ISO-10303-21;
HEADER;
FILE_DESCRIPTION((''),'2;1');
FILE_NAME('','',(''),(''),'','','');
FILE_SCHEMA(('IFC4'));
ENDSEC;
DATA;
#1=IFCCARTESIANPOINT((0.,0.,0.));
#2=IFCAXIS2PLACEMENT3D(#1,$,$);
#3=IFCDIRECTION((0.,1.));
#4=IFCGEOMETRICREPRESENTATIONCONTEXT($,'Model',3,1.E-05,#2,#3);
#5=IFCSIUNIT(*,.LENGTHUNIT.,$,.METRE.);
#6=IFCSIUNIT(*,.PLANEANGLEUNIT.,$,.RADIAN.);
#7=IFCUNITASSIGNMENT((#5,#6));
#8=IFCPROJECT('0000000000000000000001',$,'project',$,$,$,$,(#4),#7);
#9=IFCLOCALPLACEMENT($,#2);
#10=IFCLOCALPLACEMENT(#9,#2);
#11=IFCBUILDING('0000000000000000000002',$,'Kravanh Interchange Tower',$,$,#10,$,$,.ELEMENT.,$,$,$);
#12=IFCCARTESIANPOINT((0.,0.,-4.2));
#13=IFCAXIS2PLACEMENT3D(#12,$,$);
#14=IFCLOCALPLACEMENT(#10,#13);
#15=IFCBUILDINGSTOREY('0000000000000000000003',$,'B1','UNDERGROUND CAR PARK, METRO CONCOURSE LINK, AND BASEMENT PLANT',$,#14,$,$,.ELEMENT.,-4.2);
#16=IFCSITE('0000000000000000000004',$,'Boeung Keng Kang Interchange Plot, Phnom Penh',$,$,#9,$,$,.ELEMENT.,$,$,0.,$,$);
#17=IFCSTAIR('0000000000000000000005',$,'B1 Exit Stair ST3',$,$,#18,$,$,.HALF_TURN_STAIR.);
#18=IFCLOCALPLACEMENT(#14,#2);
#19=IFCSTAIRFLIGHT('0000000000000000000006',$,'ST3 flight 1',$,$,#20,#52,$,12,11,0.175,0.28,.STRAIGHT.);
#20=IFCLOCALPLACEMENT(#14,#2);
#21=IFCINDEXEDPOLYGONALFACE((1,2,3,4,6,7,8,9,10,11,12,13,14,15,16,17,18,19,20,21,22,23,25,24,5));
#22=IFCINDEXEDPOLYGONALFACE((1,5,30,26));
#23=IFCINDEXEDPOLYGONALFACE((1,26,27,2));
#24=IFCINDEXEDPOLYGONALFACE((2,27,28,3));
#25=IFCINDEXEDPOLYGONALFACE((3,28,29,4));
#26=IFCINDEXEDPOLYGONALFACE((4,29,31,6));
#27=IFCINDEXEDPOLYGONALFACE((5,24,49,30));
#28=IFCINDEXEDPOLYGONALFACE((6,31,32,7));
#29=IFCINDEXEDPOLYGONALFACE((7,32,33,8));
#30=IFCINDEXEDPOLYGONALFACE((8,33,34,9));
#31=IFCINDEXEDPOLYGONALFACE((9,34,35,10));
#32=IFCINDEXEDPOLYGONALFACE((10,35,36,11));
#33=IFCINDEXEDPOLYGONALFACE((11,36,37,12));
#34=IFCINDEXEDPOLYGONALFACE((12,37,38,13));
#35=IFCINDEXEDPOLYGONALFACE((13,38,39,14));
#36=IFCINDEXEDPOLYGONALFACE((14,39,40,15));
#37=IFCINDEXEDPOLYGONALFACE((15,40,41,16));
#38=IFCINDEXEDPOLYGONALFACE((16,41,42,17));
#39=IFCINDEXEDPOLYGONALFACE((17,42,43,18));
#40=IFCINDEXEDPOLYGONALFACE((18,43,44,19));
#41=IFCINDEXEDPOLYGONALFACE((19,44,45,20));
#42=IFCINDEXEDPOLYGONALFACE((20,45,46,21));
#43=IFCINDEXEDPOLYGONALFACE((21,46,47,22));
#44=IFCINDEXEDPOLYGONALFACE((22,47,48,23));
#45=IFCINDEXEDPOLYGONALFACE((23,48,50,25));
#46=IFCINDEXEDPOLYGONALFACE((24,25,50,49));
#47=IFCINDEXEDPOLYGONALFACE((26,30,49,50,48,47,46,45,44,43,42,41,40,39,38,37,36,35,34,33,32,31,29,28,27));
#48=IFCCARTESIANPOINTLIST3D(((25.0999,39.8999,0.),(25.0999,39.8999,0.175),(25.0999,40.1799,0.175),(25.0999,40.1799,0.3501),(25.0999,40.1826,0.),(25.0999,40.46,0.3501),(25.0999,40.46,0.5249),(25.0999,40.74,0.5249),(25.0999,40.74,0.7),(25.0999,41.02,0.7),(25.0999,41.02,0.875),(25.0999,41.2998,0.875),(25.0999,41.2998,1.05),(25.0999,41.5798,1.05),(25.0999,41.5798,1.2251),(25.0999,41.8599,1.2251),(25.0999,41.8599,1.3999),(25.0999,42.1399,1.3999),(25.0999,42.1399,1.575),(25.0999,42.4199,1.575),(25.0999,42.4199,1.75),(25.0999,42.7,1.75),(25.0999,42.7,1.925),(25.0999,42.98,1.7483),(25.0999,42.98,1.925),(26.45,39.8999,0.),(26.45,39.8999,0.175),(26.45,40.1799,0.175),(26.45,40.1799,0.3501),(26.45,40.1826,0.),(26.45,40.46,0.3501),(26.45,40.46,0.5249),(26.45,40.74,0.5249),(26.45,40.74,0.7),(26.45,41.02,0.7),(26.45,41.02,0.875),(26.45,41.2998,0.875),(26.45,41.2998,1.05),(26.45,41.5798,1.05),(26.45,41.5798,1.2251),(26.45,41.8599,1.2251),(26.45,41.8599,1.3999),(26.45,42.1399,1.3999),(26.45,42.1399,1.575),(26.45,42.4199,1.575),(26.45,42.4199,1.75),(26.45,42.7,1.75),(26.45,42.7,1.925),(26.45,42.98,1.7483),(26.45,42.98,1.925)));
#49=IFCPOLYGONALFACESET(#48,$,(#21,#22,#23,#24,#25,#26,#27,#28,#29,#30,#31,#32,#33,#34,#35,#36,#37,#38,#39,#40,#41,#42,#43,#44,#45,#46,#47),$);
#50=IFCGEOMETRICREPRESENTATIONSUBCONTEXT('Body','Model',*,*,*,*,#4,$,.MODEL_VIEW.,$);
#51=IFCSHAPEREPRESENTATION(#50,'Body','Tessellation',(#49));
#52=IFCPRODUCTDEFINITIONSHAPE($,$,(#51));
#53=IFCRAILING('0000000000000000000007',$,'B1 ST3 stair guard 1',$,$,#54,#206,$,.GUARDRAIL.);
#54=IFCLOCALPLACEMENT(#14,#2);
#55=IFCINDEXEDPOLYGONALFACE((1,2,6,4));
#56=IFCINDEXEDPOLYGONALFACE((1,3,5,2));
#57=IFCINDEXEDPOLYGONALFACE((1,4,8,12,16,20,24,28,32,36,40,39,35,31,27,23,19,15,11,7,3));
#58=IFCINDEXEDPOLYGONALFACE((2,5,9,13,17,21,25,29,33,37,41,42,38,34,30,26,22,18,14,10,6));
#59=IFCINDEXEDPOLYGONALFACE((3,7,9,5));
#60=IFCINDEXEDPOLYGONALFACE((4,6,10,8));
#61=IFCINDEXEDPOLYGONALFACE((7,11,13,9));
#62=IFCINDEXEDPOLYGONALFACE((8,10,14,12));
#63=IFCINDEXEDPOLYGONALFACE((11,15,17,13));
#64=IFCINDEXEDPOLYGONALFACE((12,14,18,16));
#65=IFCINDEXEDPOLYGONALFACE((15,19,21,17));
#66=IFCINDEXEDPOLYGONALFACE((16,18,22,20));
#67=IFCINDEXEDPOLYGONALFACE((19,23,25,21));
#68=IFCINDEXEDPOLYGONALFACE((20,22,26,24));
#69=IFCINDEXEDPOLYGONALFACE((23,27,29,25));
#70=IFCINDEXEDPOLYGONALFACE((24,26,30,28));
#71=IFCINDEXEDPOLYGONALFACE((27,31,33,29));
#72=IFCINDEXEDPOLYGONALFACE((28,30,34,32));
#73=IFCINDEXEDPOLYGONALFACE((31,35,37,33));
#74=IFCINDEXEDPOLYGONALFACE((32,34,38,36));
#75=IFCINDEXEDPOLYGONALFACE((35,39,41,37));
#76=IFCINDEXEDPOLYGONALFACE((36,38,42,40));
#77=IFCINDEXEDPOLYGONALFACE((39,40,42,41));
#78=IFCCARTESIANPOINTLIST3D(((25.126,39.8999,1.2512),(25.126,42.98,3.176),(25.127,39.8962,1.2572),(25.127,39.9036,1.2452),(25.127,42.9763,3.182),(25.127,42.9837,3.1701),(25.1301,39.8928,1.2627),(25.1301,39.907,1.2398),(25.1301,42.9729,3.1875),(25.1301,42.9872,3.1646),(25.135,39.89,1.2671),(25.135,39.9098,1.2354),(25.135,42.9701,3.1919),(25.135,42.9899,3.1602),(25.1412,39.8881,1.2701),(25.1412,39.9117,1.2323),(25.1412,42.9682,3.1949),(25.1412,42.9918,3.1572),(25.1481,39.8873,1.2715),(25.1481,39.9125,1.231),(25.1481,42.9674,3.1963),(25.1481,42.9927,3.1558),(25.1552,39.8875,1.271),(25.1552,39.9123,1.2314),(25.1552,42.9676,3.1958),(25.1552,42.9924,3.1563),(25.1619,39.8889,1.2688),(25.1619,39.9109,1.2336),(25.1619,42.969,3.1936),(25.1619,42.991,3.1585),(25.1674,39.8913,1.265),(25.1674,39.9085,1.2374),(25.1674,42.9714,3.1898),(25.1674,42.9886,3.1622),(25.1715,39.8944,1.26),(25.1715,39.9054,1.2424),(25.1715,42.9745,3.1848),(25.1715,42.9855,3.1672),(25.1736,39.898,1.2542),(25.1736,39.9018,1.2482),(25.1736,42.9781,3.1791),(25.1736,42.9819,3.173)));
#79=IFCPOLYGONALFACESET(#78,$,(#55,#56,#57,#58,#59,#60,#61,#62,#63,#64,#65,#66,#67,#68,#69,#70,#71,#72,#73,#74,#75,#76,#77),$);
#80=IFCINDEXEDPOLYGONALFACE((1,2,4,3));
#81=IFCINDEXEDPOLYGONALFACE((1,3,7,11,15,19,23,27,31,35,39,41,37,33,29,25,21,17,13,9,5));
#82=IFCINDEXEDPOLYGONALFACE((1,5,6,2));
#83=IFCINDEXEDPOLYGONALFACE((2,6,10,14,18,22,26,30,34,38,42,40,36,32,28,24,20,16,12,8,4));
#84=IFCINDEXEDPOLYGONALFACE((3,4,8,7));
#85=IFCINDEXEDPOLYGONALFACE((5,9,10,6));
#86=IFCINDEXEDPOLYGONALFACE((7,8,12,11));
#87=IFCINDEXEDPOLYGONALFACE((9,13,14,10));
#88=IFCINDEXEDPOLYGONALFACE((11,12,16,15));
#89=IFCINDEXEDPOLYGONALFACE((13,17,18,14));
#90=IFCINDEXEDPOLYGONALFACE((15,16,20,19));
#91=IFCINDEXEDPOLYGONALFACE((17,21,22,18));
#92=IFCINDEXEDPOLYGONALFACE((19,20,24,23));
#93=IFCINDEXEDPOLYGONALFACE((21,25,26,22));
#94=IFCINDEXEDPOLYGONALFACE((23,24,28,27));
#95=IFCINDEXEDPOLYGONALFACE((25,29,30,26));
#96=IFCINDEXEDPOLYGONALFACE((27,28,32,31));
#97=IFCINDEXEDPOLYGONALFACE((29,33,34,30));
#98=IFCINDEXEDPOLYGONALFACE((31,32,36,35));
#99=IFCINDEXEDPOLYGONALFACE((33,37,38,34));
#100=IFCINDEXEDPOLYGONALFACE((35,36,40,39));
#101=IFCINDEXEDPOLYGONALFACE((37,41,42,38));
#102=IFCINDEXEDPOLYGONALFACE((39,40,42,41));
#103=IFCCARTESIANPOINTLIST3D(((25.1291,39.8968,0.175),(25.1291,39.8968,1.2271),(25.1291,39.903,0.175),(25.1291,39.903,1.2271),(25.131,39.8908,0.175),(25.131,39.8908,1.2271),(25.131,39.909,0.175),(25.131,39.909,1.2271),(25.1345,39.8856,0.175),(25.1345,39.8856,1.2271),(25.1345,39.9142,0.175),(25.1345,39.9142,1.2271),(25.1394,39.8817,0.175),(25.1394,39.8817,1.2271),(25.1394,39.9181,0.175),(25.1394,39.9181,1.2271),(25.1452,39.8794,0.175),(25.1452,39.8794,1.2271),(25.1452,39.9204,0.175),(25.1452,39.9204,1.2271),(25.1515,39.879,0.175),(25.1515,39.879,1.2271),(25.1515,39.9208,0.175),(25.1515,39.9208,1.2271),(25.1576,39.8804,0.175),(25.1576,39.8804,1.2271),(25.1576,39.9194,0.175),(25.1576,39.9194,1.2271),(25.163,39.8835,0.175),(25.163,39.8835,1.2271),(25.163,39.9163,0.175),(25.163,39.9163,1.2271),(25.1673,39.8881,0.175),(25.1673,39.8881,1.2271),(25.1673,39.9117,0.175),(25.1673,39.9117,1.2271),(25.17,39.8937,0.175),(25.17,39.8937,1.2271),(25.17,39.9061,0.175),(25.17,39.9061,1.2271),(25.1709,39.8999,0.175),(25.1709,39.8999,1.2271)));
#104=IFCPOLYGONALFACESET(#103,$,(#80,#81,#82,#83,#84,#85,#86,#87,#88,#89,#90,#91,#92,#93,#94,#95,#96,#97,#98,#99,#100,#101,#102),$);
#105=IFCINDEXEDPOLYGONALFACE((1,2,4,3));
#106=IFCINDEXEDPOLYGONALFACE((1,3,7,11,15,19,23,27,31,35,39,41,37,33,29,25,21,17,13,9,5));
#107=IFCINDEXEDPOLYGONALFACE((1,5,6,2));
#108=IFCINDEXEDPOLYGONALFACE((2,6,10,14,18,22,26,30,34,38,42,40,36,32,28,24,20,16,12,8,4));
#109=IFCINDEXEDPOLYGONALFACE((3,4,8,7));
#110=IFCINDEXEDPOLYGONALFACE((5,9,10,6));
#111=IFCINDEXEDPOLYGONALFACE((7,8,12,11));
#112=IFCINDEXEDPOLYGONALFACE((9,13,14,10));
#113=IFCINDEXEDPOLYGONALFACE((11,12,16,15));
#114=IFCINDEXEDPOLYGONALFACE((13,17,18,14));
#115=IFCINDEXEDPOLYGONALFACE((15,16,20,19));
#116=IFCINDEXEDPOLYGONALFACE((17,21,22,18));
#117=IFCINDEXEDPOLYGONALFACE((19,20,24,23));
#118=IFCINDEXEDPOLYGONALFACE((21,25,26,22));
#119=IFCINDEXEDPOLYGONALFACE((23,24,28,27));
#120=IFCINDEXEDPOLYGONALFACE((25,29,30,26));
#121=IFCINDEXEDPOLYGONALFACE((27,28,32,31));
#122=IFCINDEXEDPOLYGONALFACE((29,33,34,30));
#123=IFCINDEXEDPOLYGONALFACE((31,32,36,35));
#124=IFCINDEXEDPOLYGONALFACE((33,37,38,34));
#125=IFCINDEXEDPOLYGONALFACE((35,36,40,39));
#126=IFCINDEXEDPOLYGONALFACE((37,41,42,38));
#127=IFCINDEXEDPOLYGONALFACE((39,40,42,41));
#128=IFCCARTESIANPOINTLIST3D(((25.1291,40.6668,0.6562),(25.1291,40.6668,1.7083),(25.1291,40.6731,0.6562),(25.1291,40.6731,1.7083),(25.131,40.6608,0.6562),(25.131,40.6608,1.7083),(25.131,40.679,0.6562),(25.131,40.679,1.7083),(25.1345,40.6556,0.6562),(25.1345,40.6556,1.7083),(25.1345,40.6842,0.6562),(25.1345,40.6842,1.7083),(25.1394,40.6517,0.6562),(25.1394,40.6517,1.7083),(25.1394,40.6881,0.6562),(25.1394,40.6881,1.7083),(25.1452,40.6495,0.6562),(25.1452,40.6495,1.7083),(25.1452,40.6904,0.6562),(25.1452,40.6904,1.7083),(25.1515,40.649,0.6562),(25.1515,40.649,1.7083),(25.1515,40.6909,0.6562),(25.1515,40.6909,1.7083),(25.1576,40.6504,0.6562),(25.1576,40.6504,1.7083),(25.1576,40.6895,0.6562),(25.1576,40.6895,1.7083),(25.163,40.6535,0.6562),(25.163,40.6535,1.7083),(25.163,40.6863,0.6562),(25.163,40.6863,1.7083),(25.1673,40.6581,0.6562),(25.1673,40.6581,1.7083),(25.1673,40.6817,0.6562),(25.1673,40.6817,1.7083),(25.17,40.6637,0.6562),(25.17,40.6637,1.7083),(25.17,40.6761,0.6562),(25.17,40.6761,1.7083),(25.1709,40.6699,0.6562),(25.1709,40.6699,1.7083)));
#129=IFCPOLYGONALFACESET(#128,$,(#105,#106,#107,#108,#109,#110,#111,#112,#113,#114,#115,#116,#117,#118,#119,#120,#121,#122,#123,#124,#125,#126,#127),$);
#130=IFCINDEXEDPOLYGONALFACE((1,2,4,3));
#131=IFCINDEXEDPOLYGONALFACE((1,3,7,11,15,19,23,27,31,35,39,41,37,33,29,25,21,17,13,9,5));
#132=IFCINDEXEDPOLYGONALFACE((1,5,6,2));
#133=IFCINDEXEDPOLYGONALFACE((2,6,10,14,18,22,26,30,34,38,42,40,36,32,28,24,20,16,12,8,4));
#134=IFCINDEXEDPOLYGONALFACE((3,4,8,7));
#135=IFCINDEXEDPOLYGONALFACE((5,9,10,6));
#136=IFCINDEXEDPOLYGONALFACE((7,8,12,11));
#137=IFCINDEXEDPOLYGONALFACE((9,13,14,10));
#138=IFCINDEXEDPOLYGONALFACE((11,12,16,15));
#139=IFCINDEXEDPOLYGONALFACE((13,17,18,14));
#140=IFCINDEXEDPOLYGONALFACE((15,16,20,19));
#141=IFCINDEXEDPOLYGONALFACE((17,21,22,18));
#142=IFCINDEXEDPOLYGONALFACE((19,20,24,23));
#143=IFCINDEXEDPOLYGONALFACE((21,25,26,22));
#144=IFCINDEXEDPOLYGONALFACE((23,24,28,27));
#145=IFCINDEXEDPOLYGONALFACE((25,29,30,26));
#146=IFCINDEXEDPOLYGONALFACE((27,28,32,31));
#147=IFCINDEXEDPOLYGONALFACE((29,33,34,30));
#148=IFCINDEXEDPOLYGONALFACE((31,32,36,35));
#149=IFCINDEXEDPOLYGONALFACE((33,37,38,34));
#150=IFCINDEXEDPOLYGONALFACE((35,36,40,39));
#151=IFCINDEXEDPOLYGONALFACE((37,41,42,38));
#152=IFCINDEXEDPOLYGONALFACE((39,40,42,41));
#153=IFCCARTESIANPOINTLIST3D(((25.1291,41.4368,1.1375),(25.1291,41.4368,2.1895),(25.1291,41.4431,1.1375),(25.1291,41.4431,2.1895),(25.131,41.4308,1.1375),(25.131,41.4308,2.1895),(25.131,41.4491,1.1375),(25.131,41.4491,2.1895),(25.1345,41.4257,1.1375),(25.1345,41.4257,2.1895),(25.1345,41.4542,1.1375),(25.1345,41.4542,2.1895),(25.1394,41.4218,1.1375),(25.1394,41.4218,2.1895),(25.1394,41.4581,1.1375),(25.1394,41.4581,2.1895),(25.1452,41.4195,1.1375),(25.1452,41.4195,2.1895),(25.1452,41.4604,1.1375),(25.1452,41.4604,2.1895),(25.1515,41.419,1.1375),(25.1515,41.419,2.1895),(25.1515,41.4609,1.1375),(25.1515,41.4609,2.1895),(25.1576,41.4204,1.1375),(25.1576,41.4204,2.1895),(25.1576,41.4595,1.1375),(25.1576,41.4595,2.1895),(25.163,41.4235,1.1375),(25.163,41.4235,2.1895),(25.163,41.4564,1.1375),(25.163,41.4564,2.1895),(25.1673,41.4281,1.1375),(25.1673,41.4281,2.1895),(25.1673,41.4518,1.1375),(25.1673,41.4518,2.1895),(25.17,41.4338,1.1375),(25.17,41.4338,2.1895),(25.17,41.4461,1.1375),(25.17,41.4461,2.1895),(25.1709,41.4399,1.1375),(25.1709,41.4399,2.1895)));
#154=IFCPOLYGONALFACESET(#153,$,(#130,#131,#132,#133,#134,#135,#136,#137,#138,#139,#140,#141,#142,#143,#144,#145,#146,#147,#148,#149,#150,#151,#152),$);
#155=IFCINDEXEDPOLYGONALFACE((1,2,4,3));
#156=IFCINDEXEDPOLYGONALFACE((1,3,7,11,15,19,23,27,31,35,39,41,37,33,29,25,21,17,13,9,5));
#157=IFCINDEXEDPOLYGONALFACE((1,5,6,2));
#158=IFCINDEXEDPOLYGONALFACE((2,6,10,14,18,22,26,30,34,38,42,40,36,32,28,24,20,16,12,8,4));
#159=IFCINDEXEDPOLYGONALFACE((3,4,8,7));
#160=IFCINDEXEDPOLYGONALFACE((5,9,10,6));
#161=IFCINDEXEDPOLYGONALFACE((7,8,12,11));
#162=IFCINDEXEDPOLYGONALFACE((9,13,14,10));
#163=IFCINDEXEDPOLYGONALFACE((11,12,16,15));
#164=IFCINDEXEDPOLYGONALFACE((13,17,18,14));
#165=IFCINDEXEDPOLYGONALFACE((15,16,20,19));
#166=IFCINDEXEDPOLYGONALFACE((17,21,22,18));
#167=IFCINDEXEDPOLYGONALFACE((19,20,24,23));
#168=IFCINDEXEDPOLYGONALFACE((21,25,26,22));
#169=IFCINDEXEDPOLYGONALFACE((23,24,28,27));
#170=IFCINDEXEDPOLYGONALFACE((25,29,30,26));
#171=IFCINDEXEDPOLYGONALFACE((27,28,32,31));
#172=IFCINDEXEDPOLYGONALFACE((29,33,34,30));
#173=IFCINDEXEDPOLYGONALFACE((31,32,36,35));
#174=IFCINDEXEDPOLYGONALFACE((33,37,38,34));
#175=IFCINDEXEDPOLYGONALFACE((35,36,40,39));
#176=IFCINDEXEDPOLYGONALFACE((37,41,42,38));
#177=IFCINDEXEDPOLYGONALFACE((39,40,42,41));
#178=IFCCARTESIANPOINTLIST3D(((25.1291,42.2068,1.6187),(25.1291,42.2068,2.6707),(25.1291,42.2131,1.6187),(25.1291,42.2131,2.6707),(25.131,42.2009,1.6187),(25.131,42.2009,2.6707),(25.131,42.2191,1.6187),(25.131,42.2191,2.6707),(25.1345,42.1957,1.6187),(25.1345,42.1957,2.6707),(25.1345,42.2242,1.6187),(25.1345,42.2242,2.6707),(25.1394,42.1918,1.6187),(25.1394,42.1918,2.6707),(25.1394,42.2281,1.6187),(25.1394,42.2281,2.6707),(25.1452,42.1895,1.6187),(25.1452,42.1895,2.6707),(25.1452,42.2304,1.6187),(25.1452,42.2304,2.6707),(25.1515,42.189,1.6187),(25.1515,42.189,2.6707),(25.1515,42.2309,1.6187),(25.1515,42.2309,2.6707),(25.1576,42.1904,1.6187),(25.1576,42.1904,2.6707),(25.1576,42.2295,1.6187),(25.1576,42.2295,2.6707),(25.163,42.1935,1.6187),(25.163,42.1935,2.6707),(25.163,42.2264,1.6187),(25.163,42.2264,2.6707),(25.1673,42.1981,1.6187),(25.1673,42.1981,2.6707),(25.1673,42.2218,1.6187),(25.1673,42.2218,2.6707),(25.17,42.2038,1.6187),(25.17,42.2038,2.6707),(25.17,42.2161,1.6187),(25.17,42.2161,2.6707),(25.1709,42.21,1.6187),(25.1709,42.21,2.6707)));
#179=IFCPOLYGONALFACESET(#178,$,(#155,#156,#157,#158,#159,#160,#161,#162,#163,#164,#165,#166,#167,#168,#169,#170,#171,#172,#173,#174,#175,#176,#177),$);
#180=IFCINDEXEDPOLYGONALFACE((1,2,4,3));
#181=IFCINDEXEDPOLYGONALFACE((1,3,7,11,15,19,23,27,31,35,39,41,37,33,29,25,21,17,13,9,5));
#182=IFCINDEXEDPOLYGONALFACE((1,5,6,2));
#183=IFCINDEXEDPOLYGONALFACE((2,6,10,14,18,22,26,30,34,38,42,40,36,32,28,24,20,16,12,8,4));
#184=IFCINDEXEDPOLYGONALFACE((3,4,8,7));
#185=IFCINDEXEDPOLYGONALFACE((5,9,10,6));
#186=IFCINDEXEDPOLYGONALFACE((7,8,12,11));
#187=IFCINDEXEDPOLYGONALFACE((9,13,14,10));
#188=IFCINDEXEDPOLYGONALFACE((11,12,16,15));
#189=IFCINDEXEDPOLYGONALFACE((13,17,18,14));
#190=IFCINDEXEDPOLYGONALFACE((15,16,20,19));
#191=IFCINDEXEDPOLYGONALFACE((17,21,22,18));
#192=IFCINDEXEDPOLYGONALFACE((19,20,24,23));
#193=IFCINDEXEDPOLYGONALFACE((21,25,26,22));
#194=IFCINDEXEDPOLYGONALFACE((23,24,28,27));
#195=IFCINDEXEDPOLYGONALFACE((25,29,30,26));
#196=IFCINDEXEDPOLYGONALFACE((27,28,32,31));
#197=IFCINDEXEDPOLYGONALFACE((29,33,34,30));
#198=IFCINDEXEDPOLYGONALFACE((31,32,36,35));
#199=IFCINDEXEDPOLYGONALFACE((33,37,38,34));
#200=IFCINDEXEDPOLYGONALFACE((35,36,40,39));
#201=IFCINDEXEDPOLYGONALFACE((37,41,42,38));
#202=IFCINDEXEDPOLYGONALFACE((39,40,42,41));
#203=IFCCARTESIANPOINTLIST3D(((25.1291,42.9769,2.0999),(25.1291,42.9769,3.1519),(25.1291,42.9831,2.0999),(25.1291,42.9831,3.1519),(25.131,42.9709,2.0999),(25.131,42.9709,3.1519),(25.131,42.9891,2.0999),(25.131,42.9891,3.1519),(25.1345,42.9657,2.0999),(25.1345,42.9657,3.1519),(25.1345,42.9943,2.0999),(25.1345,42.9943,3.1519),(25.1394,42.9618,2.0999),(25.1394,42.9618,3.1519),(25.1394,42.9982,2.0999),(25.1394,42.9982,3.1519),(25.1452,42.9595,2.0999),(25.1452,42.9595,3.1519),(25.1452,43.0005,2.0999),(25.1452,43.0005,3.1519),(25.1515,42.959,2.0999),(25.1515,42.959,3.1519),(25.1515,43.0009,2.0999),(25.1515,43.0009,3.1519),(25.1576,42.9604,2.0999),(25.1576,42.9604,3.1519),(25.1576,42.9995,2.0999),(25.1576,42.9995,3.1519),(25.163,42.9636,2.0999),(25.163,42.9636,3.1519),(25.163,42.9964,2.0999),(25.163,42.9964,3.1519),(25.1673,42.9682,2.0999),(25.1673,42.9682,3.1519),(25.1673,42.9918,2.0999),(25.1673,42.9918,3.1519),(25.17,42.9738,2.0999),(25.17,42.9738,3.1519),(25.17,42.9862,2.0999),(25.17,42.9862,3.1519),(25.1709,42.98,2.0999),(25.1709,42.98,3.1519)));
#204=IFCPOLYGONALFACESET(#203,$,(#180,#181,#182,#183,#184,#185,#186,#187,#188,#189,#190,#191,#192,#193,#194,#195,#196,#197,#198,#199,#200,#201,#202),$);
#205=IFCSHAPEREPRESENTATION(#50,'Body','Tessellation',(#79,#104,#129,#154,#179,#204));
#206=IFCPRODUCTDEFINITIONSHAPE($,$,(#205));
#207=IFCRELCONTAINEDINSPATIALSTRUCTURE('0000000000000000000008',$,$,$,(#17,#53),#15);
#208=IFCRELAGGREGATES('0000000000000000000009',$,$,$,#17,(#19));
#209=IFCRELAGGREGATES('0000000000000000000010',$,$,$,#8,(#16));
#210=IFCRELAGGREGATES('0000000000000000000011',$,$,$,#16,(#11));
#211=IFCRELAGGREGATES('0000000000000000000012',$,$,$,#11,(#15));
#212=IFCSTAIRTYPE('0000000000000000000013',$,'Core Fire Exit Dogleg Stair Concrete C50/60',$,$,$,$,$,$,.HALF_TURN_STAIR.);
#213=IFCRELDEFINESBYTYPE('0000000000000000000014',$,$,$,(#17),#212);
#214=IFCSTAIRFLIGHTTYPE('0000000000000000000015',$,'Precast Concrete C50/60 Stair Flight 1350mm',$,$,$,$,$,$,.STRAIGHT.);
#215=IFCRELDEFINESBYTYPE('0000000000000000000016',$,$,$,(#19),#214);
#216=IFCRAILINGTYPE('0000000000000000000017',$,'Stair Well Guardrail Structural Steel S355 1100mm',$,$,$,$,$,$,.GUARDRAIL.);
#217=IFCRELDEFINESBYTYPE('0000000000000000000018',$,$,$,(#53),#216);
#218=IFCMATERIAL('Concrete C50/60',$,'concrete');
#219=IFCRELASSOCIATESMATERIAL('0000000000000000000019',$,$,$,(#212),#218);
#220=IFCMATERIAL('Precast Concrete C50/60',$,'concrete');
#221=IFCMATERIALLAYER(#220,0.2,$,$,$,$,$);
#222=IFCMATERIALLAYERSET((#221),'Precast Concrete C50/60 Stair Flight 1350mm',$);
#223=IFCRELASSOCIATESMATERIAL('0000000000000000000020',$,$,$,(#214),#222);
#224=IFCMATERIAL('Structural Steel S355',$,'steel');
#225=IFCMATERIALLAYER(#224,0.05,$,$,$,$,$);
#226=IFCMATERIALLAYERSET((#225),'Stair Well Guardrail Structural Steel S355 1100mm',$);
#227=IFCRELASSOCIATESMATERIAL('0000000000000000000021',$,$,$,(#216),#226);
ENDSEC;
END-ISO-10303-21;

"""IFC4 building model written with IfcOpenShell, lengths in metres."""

from ifc_helpers import new_model, si_unit, direction, frame, origin, origin_2d, place, context, subcontext, project, spatial, polyline, circle, outline, extrude, material, layer, layer_set, type_object, element, aggregate, save


model = new_model("IFC4")

# Units and contexts
model_context = context("Model", 3, precision=1e-05, world=origin(), true_north=direction((0.0, 1.0)))
body_context = subcontext(model_context, "Body", "Model", "MODEL_VIEW")
ifc_project = project(units=[si_unit("LENGTHUNIT", "METRE"), si_unit("PLANEANGLEUNIT", "RADIAN")], contexts=[model_context])

# Site, building, storey
site_placement = place(None, origin())
site = spatial("IfcSite", under=ifc_project, at=site_placement, Name="Boeung Keng Kang Interchange Plot, Phnom Penh", CompositionType="ELEMENT", RefElevation=0.0)
building_placement = place(site_placement, origin())
building = spatial("IfcBuilding", under=site, at=building_placement, Name="Kravanh Interchange Tower", CompositionType="ELEMENT")
storey_placement = place(building_placement, frame((0.0, 0.0, -4.2)))
storey = spatial("IfcBuildingStorey", under=building, at=storey_placement, Name="B1", Description="UNDERGROUND CAR PARK, METRO CONCOURSE LINK, AND BASEMENT PLANT", CompositionType="ELEMENT", Elevation=-4.2)

# Stair, stair flight
ifc_material_1 = material(Name="Concrete C50/60", Category="concrete")
stair_type = type_object("IfcStairType", Name="Core Fire Exit Dogleg Stair Concrete C50/60", PredefinedType="HALF_TURN_STAIR", material=ifc_material_1)
stair_placement = place(storey_placement, origin())
stair = element("IfcStair", 1, at=stair_placement, inside=storey, type_object=stair_type, Name="B1 Exit Stair ST3", PredefinedType="HALF_TURN_STAIR")
ifc_material_2 = material(Name="Precast Concrete C50/60", Category="concrete")
ifc_layer_1 = layer(ifc_material_2, 0.2)
ifc_layer_set_1 = layer_set([ifc_layer_1], Name="Precast Concrete C50/60 Stair Flight 1350mm")
stair_flight_type = type_object("IfcStairFlightType", Name="Precast Concrete C50/60 Stair Flight 1350mm", PredefinedType="STRAIGHT", material=ifc_layer_set_1)
stair_flight_placement = place(storey_placement, frame((25.7749, 39.8999, 0.0), z_axis=(0.0, 0.0, 1.0), x_axis=(0.0, 1.0, 0.0)))
stair_flight = element("IfcStairFlight", 2, at=stair_flight_placement, type_object=stair_flight_type, Name="ST3 flight 1", NumberOfRisers=12, NumberOfTreads=11, PredefinedType="STRAIGHT", RiserHeight=0.175, TreadLength=0.28, context=body_context, shape_type="SweptSolid", body=[
    extrude(outline(polyline([(0.0, 0.0), (0.0, 0.175), (0.28, 0.175), (0.28, 0.3501), (0.5601, 0.3501), (0.5601, 0.5249), (0.8401, 0.5249), (0.8401, 0.7), (1.1201, 0.7), (1.1201, 0.875), (1.3999, 0.875), (1.3999, 1.05), (1.6799, 1.05), (1.6799, 1.2251), (1.96, 1.2251), (1.96, 1.3999), (2.24, 1.3999), (2.24, 1.575), (2.52, 1.575), (2.52, 1.75), (2.8, 1.75), (2.8, 1.925), (3.0801, 1.925), (3.0801, 2.1001), (3.0801, 1.7483), (0.2827, 0.0), (0.0, 0.0)])), frame((0.0, 0.675, 0.0), z_axis=(0.0, -1.0, 0.0), x_axis=(1.0, 0.0, 0.0)), (0.0, 0.0, 1.0), 1.3501),
])
aggregate(stair, [stair_flight])

# Railing
ifc_material_3 = material(Name="Structural Steel S355", Category="steel")
ifc_layer_2 = layer(ifc_material_3, 0.05)
ifc_layer_set_2 = layer_set([ifc_layer_2], Name="Stair Well Guardrail Structural Steel S355 1100mm")
railing_type_1 = type_object("IfcRailingType", Name="Stair Well Guardrail Structural Steel S355 1100mm", PredefinedType="GUARDRAIL", material=ifc_layer_set_2)
railing_1_placement = place(storey_placement, frame((25.1499, 39.8999, 0.175)))
element("IfcRailing", 3, at=railing_1_placement, inside=storey, type_object=railing_type_1, Name="B1 ST3 stair guard 1", PredefinedType="GUARDRAIL", context=body_context, shape_type="SweptSolid", body=[
    extrude(circle(Radius=0.0239, at=origin_2d()), frame((0.0, 0.0, 1.0762), z_axis=(0.0, 0.848029, 0.529951), x_axis=(-1.0, 0.0, 0.0)), (0.0, 0.0, 1.0), 3.6321),
    extrude(circle(Radius=0.021, at=origin_2d()), origin(), (0.0, 0.0, 1.0), 1.052),
    extrude(circle(Radius=0.021, at=origin_2d()), frame((0.0, 0.77, 0.4812)), (0.0, 0.0, 1.0), 1.052),
    extrude(circle(Radius=0.021, at=origin_2d()), frame((0.0, 1.54, 0.9624)), (0.0, 0.0, 1.0), 1.052),
    extrude(circle(Radius=0.021, at=origin_2d()), frame((0.0, 2.3101, 1.4436)), (0.0, 0.0, 1.0), 1.052),
    extrude(circle(Radius=0.021, at=origin_2d()), frame((0.0, 3.0801, 1.9248)), (0.0, 0.0, 1.0), 1.052),
])

save(model, "model.ifc")
